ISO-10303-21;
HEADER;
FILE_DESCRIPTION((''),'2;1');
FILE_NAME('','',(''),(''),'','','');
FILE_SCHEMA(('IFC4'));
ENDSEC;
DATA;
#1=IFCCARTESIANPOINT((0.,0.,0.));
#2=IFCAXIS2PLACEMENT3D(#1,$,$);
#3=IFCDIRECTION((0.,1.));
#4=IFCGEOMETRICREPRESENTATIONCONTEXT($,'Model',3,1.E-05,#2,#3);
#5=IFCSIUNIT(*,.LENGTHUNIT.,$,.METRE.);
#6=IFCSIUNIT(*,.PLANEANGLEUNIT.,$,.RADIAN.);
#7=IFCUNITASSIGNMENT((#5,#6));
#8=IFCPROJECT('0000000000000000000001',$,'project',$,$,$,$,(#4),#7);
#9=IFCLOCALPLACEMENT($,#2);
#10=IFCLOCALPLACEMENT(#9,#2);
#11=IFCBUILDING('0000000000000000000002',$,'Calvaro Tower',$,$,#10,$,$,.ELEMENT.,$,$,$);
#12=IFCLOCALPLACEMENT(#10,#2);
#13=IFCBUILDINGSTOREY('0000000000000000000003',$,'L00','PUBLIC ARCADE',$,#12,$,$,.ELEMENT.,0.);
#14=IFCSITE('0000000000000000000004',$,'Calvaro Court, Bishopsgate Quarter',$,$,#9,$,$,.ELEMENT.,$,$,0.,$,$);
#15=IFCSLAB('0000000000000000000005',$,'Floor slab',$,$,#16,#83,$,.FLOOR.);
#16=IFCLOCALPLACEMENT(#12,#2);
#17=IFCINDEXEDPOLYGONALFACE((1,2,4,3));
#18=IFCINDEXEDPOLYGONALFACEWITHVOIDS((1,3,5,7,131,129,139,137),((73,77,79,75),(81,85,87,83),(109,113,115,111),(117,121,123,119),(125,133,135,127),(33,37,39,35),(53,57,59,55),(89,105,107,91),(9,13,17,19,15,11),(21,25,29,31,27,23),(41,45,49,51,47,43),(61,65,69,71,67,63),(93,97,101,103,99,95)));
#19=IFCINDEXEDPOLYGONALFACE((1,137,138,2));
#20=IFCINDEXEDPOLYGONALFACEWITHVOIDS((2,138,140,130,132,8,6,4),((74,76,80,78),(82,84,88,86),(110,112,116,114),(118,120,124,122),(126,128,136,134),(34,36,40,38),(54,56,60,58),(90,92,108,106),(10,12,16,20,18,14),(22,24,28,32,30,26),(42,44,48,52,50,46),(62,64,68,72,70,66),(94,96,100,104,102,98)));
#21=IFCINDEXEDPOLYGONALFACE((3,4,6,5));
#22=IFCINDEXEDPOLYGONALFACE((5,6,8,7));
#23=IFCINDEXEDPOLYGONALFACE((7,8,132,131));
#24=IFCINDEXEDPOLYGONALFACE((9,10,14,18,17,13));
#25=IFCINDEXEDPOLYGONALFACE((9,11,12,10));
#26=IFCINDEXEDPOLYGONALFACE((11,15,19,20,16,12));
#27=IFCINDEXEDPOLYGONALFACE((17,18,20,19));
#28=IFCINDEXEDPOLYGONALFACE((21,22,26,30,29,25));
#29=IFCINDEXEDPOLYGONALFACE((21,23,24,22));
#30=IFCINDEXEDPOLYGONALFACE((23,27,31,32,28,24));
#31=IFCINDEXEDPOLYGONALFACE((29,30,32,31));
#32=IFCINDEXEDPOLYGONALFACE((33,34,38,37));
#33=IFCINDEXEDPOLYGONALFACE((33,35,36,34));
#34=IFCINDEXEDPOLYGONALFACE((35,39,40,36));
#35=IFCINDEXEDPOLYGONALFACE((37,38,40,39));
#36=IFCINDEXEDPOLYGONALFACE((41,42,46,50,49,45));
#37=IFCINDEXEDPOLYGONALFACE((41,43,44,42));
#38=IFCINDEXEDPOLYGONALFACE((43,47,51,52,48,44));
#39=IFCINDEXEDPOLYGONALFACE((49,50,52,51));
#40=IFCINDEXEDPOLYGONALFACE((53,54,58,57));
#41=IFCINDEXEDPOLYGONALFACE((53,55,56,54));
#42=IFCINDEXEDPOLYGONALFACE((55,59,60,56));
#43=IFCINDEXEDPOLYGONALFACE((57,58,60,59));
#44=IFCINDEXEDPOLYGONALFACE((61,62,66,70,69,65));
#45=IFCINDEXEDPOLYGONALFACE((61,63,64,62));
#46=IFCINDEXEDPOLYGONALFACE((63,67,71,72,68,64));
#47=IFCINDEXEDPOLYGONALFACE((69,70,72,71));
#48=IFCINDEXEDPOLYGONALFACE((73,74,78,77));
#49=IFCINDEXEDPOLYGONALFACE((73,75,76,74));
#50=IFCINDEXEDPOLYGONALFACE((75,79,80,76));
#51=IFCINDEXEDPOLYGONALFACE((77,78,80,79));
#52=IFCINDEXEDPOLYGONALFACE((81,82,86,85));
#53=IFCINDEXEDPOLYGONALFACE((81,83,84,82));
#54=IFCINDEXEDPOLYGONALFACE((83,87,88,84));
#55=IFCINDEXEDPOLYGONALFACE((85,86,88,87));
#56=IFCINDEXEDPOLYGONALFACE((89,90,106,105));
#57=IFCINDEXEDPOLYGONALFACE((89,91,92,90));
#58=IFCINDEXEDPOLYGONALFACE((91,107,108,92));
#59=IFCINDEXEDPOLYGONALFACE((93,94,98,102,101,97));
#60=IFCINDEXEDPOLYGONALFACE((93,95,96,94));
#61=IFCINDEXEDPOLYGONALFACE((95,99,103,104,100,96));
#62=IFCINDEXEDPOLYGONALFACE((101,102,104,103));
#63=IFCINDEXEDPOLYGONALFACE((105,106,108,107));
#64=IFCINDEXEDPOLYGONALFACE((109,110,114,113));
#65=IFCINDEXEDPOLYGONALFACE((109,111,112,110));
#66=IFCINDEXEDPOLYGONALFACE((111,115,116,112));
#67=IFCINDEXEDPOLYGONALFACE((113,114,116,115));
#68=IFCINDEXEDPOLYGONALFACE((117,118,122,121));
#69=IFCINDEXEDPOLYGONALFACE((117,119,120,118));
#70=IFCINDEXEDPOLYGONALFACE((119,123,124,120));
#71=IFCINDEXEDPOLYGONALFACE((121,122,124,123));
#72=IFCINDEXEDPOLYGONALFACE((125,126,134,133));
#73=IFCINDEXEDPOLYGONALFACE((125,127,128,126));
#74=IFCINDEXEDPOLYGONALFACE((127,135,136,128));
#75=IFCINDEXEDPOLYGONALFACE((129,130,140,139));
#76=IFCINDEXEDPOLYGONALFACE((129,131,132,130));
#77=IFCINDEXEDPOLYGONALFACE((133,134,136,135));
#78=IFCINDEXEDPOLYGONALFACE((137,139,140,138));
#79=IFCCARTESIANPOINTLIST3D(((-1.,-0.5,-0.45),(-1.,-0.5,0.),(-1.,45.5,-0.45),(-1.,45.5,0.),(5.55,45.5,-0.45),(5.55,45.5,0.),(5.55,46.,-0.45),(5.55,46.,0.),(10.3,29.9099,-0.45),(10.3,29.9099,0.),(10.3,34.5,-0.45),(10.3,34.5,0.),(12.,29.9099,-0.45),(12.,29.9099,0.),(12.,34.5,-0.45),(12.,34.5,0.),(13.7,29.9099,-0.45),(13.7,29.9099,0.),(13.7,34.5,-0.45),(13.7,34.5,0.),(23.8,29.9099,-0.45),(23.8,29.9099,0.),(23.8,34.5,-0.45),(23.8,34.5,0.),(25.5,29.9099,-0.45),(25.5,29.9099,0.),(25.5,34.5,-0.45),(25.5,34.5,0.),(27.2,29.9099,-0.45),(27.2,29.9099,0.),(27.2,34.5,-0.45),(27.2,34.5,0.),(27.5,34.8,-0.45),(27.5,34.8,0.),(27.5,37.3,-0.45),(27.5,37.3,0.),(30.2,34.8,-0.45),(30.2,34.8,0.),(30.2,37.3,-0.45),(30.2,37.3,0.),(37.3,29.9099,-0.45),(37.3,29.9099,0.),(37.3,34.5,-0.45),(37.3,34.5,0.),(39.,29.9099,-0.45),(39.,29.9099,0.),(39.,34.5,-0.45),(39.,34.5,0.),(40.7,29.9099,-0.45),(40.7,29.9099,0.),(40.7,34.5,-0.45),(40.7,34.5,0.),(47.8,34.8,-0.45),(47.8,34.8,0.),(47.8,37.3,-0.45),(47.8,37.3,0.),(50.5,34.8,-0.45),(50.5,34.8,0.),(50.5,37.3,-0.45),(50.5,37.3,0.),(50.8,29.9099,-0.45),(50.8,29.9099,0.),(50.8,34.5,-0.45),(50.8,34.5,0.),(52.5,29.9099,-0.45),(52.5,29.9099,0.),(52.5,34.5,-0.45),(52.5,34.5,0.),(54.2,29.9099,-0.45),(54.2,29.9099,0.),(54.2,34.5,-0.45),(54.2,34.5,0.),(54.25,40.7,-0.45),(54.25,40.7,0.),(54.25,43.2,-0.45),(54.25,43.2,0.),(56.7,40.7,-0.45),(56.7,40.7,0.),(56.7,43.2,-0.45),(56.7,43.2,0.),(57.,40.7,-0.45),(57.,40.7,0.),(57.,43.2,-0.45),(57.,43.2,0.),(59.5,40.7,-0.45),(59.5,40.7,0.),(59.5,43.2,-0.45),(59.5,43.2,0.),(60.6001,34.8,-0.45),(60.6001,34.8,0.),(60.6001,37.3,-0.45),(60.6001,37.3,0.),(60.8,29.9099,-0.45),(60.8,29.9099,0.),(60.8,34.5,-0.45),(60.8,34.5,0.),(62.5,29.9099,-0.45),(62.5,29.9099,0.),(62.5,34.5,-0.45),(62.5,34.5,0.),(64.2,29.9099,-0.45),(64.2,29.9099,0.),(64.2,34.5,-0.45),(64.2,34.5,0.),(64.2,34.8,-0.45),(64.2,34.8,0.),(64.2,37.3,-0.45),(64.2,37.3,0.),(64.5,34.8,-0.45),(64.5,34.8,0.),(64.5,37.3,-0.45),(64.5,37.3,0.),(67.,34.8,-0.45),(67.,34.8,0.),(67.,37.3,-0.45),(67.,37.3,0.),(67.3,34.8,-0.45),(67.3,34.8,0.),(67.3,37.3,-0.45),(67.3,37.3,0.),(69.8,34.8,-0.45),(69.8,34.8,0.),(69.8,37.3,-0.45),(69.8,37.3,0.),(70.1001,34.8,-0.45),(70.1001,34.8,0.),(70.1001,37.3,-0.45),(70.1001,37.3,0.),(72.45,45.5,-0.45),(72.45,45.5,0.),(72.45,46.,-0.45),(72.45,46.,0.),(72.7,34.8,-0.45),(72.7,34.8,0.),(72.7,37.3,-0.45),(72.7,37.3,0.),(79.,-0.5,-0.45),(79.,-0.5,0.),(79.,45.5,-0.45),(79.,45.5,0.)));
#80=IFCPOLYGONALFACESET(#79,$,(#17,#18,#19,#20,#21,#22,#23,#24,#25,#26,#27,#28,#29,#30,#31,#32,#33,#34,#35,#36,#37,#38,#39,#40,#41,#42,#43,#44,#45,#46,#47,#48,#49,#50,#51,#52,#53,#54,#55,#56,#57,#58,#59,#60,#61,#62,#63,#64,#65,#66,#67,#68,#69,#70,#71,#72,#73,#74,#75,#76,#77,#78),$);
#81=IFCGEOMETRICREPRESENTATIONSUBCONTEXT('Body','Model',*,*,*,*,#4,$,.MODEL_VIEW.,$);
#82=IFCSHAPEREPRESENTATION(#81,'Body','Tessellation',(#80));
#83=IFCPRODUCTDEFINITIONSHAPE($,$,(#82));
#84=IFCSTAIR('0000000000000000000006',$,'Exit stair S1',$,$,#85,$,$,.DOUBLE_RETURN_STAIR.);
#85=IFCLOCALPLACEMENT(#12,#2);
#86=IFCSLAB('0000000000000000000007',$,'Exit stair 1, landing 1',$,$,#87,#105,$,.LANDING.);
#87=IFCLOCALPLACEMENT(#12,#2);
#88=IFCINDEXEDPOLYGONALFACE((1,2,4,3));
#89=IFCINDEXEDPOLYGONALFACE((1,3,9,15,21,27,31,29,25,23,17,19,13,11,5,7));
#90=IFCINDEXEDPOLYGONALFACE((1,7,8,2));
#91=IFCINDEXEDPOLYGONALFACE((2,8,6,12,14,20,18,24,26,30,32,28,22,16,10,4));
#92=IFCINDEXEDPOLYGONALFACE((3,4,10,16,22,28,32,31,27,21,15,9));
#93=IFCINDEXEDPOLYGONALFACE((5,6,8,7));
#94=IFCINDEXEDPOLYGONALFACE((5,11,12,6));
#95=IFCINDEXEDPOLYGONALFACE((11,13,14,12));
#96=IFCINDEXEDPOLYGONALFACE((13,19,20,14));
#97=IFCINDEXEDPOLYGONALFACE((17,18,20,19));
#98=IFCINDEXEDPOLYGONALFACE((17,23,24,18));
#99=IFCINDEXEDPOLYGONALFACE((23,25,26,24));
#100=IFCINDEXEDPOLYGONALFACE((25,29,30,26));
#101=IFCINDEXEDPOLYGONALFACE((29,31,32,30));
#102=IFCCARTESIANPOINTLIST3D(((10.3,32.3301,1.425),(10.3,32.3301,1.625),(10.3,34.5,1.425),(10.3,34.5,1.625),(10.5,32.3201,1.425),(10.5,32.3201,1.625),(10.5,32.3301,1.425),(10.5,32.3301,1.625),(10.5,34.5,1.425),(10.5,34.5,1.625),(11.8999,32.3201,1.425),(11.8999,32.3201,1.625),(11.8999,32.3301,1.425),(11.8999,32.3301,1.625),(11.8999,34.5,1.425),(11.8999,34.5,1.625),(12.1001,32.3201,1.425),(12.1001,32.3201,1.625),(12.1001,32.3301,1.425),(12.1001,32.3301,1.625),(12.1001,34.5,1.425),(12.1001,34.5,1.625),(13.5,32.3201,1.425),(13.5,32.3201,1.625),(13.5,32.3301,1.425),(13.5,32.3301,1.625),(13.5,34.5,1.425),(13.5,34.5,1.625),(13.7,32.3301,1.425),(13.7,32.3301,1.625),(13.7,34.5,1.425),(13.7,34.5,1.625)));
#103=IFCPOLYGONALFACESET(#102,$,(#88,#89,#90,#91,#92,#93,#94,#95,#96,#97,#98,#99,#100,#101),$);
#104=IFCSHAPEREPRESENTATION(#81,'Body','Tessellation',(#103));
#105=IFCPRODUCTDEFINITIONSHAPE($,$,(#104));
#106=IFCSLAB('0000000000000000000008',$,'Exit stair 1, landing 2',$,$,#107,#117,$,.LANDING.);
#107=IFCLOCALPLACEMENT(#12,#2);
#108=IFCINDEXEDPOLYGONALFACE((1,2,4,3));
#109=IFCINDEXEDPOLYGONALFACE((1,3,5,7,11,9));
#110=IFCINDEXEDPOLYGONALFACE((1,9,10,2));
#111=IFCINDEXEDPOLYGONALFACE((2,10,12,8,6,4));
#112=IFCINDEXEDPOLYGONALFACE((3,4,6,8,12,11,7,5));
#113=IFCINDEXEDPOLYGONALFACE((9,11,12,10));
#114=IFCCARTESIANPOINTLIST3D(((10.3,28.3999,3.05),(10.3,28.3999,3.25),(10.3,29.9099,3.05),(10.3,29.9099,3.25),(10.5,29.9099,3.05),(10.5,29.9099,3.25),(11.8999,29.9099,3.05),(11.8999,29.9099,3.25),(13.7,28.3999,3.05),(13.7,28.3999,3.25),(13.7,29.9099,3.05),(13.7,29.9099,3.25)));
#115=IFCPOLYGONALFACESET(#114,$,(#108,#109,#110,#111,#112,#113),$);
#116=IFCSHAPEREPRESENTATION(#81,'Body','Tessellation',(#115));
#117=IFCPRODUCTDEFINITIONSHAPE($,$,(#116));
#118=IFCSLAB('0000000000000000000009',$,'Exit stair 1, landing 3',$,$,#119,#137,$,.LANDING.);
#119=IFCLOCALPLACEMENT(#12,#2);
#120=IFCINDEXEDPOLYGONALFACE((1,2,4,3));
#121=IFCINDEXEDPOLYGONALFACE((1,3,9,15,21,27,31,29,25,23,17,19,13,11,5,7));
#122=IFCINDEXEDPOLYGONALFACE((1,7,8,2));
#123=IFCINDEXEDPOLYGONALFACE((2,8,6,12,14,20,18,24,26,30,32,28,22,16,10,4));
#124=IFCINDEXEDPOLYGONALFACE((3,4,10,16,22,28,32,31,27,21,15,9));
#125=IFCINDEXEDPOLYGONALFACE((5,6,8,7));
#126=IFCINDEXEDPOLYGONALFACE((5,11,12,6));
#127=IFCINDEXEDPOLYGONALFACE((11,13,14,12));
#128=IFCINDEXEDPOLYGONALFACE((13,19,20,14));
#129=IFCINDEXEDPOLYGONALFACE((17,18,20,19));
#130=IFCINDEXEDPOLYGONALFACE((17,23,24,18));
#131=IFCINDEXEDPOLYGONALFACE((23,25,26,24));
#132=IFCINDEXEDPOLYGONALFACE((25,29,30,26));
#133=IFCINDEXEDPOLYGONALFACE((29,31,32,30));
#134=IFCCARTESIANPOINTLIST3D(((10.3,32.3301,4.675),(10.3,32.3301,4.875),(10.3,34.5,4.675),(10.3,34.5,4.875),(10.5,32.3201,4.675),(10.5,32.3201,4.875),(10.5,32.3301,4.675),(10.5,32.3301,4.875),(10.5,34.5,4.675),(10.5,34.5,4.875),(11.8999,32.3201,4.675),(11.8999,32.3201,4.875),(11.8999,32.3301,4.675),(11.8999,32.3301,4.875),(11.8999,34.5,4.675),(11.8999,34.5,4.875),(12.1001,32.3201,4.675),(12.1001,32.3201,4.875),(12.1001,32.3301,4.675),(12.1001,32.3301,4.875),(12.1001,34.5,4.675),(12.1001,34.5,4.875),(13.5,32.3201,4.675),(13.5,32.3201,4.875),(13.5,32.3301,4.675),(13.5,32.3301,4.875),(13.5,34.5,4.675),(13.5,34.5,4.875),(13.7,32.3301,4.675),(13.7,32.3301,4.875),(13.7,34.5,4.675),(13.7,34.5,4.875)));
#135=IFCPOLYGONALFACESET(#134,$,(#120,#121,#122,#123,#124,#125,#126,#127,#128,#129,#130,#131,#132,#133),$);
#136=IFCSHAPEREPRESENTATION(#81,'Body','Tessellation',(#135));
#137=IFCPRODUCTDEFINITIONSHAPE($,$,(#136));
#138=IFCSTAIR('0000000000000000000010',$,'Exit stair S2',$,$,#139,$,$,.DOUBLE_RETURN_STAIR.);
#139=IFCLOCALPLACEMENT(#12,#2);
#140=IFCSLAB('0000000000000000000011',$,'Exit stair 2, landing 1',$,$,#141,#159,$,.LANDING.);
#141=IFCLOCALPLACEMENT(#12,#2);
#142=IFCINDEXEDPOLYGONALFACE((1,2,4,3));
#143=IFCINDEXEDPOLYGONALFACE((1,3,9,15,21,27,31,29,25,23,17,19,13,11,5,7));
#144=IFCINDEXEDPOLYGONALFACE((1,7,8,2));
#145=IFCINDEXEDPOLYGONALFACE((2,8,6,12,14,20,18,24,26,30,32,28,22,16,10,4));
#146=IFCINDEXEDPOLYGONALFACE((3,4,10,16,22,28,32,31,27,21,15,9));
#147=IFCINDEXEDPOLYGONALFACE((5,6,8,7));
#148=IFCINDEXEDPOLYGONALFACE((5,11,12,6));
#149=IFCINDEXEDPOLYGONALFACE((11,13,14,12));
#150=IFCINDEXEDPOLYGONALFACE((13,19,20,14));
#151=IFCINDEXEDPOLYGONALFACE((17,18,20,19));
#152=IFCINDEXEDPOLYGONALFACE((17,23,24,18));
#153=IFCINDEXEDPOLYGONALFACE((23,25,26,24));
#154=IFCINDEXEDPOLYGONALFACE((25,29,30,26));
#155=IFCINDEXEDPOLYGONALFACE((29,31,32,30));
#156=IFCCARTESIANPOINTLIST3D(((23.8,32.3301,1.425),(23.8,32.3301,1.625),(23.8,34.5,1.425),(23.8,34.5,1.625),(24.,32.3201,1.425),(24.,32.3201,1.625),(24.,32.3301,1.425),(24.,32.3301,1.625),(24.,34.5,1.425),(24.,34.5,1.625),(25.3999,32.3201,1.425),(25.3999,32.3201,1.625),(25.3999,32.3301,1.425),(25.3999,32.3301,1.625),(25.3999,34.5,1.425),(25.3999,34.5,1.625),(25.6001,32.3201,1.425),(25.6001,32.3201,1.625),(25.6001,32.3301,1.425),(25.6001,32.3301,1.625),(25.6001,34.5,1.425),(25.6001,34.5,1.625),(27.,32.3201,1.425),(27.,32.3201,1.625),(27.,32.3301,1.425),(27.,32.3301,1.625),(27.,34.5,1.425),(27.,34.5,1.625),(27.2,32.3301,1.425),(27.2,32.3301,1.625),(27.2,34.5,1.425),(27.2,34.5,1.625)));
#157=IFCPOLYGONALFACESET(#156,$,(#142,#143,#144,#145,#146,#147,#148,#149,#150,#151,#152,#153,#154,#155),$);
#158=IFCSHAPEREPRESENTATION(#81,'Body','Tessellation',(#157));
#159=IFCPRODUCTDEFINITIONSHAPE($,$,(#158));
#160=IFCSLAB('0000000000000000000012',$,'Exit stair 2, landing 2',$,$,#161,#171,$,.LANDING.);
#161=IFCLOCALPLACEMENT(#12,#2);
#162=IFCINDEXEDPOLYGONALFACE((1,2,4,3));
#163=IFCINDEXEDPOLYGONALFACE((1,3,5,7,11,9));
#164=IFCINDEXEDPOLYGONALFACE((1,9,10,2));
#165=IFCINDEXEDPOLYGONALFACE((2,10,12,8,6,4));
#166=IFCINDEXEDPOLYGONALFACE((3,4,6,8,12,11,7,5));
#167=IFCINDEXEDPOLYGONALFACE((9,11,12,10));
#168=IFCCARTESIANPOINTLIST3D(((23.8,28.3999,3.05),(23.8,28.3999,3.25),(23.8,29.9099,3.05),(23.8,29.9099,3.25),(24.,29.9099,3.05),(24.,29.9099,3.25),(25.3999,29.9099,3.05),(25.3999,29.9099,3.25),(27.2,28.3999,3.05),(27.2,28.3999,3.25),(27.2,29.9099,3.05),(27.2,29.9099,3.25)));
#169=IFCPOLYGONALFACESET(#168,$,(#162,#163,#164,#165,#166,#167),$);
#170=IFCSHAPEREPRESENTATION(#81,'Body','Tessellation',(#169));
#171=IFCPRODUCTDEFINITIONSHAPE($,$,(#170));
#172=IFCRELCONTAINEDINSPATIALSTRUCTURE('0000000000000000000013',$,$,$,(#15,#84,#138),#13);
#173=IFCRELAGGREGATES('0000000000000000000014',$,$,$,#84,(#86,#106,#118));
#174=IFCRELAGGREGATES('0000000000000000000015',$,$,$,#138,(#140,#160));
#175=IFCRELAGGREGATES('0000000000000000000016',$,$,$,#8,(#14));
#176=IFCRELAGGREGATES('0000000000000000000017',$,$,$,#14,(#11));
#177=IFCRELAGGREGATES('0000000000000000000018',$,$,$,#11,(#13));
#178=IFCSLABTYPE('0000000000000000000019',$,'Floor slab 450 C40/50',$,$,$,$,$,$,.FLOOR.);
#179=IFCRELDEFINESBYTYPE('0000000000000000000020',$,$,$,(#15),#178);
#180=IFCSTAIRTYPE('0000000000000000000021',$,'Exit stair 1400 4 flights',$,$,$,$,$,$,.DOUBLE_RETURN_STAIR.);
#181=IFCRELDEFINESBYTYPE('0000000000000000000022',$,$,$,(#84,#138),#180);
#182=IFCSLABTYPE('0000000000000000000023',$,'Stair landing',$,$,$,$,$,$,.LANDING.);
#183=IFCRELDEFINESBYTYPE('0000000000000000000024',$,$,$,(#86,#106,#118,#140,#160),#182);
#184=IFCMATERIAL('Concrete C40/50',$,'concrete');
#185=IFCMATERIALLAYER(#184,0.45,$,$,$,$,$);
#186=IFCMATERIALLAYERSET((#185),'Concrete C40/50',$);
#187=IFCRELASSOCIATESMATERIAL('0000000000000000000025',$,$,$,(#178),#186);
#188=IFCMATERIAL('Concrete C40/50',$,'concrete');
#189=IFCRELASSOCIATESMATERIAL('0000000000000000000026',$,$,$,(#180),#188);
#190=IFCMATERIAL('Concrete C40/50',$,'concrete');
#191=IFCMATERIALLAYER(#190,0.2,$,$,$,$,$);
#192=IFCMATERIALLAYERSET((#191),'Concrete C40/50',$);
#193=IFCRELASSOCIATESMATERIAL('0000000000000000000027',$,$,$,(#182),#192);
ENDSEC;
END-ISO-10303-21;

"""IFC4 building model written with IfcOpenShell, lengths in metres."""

from ifc_helpers import new_model, si_unit, direction, frame, origin, place, context, subcontext, project, spatial, polyline, outline, extrude, material, layer, layer_set, type_object, element, aggregate, save


model = new_model("IFC4")

# Units and contexts
model_context = context("Model", 3, precision=1e-05, world=origin(), true_north=direction((0.0, 1.0)))
body_context = subcontext(model_context, "Body", "Model", "MODEL_VIEW")
ifc_project = project(units=[si_unit("LENGTHUNIT", "METRE"), si_unit("PLANEANGLEUNIT", "RADIAN")], contexts=[model_context])

# Site, building, storey
site_placement = place(None, origin())
site = spatial("IfcSite", under=ifc_project, at=site_placement, Name="Calvaro Court, Bishopsgate Quarter", CompositionType="ELEMENT", RefElevation=0.0)
building_placement = place(site_placement, origin())
building = spatial("IfcBuilding", under=site, at=building_placement, Name="Calvaro Tower", CompositionType="ELEMENT")
storey_placement = place(building_placement, origin())
storey = spatial("IfcBuildingStorey", under=building, at=storey_placement, Name="L00", Description="PUBLIC ARCADE", CompositionType="ELEMENT", Elevation=0.0)

# Slab
ifc_material_1 = material(Name="Concrete C40/50", Category="concrete")
ifc_layer_1 = layer(ifc_material_1, 0.45)
ifc_layer_set_1 = layer_set([ifc_layer_1], Name="Concrete C40/50")
slab_type_1 = type_object("IfcSlabType", Name="Floor slab 450 C40/50", PredefinedType="FLOOR", material=ifc_layer_set_1)
slab_1_placement = place(storey_placement, frame((0.0, 0.0, -0.45)))
element("IfcSlab", 1, at=slab_1_placement, inside=storey, type_object=slab_type_1, Name="Floor slab", PredefinedType="FLOOR", context=body_context, shape_type="SweptSolid", body=[
    extrude(outline(polyline([(79.0, 45.5), (79.0, -0.5), (-1.0, -0.5), (-1.0, 45.5), (5.55, 45.5), (5.55, 46.0), (72.45, 46.0), (72.45, 45.5), (79.0, 45.5)]), holes=[polyline([(10.3, 29.9099), (10.3, 34.5), (12.0, 34.5), (13.7, 34.5), (13.7, 29.9099), (12.0, 29.9099), (10.3, 29.9099)]), polyline([(23.8, 29.9099), (23.8, 34.5), (25.5, 34.5), (27.2, 34.5), (27.2, 29.9099), (25.5, 29.9099), (23.8, 29.9099)]), polyline([(37.3, 29.9099), (37.3, 34.5), (39.0, 34.5), (40.7, 34.5), (40.7, 29.9099), (39.0, 29.9099), (37.3, 29.9099)]), polyline([(50.8, 29.9099), (50.8, 34.5), (52.5, 34.5), (54.2, 34.5), (54.2, 29.9099), (52.5, 29.9099), (50.8, 29.9099)]), polyline([(60.8, 29.9099), (60.8, 34.5), (62.5, 34.5), (64.2, 34.5), (64.2, 29.9099), (62.5, 29.9099), (60.8, 29.9099)]), polyline([(54.25, 40.7), (56.7, 40.7), (56.7, 43.2), (54.25, 43.2), (54.25, 40.7)]), polyline([(57.0, 40.7), (59.5, 40.7), (59.5, 43.2), (57.0, 43.2), (57.0, 40.7)]), polyline([(60.6001, 34.8), (64.2, 34.8), (64.2, 37.3), (60.6001, 37.3), (60.6001, 34.8)]), polyline([(64.5, 34.8), (67.0, 34.8), (67.0, 37.3), (64.5, 37.3), (64.5, 34.8)]), polyline([(67.3, 34.8), (69.8, 34.8), (69.8, 37.3), (67.3, 37.3), (67.3, 34.8)]), polyline([(70.1001, 34.8), (72.7, 34.8), (72.7, 37.3), (70.1001, 37.3), (70.1001, 34.8)]), polyline([(27.5, 34.8), (30.2, 34.8), (30.2, 37.3), (27.5, 37.3), (27.5, 34.8)]), polyline([(47.8, 34.8), (50.5, 34.8), (50.5, 37.3), (47.8, 37.3), (47.8, 34.8)])]), origin(), (0.0, 0.0, 1.0), 0.45),
])

# Stairs, slabs
ifc_material_2 = material(Name="Concrete C40/50", Category="concrete")
stair_type = type_object("IfcStairType", Name="Exit stair 1400 4 flights", PredefinedType="DOUBLE_RETURN_STAIR", material=ifc_material_2)
stair_1_placement = place(storey_placement, origin())
stair_1 = element("IfcStair", 2, at=stair_1_placement, inside=storey, type_object=stair_type, Name="Exit stair S1", PredefinedType="DOUBLE_RETURN_STAIR")
ifc_material_3 = material(Name="Concrete C40/50", Category="concrete")
ifc_layer_2 = layer(ifc_material_3, 0.2)
ifc_layer_set_2 = layer_set([ifc_layer_2], Name="Concrete C40/50")
slab_type_2 = type_object("IfcSlabType", Name="Stair landing", PredefinedType="LANDING", material=ifc_layer_set_2)
slab_2_placement = place(storey_placement, frame((0.0, 0.0, 1.425)))
slab_2 = element("IfcSlab", 3, at=slab_2_placement, type_object=slab_type_2, Name="Exit stair 1, landing 1", PredefinedType="LANDING", context=body_context, shape_type="SweptSolid", body=[
    extrude(outline(polyline([(11.8999, 32.3201), (10.5, 32.3201), (10.5, 32.3301), (10.3, 32.3301), (10.3, 34.5), (10.5, 34.5), (11.8999, 34.5), (12.1001, 34.5), (13.5, 34.5), (13.7, 34.5), (13.7, 32.3301), (13.5, 32.3301), (13.5, 32.3201), (12.1001, 32.3201), (12.1001, 32.3301), (11.8999, 32.3301), (11.8999, 32.3201)])), origin(), (0.0, 0.0, 1.0), 0.2),
])
slab_3_placement = place(storey_placement, frame((0.0, 0.0, 3.05)))
slab_3 = element("IfcSlab", 4, at=slab_3_placement, type_object=slab_type_2, Name="Exit stair 1, landing 2", PredefinedType="LANDING", context=body_context, shape_type="SweptSolid", body=[
    extrude(outline(polyline([(13.7, 29.9099), (13.7, 28.3999), (10.3, 28.3999), (10.3, 29.9099), (10.5, 29.9099), (11.8999, 29.9099), (13.7, 29.9099)])), origin(), (0.0, 0.0, 1.0), 0.2),
])
slab_4_placement = place(storey_placement, frame((0.0, 0.0, 4.675)))
slab_4 = element("IfcSlab", 5, at=slab_4_placement, type_object=slab_type_2, Name="Exit stair 1, landing 3", PredefinedType="LANDING", context=body_context, shape_type="SweptSolid", body=[
    extrude(outline(polyline([(11.8999, 32.3201), (10.5, 32.3201), (10.5, 32.3301), (10.3, 32.3301), (10.3, 34.5), (10.5, 34.5), (11.8999, 34.5), (12.1001, 34.5), (13.5, 34.5), (13.7, 34.5), (13.7, 32.3301), (13.5, 32.3301), (13.5, 32.3201), (12.1001, 32.3201), (12.1001, 32.3301), (11.8999, 32.3301), (11.8999, 32.3201)])), origin(), (0.0, 0.0, 1.0), 0.2),
])
aggregate(stair_1, [slab_2, slab_3, slab_4])
stair_2_placement = place(storey_placement, origin())
stair_2 = element("IfcStair", 6, at=stair_2_placement, inside=storey, type_object=stair_type, Name="Exit stair S2", PredefinedType="DOUBLE_RETURN_STAIR")
slab_5_placement = place(storey_placement, frame((0.0, 0.0, 1.425)))
slab_5 = element("IfcSlab", 7, at=slab_5_placement, type_object=slab_type_2, Name="Exit stair 2, landing 1", PredefinedType="LANDING", context=body_context, shape_type="SweptSolid", body=[
    extrude(outline(polyline([(25.3999, 32.3201), (24.0, 32.3201), (24.0, 32.3301), (23.8, 32.3301), (23.8, 34.5), (24.0, 34.5), (25.3999, 34.5), (25.6001, 34.5), (27.0, 34.5), (27.2, 34.5), (27.2, 32.3301), (27.0, 32.3301), (27.0, 32.3201), (25.6001, 32.3201), (25.6001, 32.3301), (25.3999, 32.3301), (25.3999, 32.3201)])), origin(), (0.0, 0.0, 1.0), 0.2),
])
slab_6_placement = place(storey_placement, frame((0.0, 0.0, 3.05)))
slab_6 = element("IfcSlab", 8, at=slab_6_placement, type_object=slab_type_2, Name="Exit stair 2, landing 2", PredefinedType="LANDING", context=body_context, shape_type="SweptSolid", body=[
    extrude(outline(polyline([(27.2, 29.9099), (27.2, 28.3999), (23.8, 28.3999), (23.8, 29.9099), (24.0, 29.9099), (25.3999, 29.9099), (27.2, 29.9099)])), origin(), (0.0, 0.0, 1.0), 0.2),
])
aggregate(stair_2, [slab_5, slab_6])

save(model, "model.ifc")
